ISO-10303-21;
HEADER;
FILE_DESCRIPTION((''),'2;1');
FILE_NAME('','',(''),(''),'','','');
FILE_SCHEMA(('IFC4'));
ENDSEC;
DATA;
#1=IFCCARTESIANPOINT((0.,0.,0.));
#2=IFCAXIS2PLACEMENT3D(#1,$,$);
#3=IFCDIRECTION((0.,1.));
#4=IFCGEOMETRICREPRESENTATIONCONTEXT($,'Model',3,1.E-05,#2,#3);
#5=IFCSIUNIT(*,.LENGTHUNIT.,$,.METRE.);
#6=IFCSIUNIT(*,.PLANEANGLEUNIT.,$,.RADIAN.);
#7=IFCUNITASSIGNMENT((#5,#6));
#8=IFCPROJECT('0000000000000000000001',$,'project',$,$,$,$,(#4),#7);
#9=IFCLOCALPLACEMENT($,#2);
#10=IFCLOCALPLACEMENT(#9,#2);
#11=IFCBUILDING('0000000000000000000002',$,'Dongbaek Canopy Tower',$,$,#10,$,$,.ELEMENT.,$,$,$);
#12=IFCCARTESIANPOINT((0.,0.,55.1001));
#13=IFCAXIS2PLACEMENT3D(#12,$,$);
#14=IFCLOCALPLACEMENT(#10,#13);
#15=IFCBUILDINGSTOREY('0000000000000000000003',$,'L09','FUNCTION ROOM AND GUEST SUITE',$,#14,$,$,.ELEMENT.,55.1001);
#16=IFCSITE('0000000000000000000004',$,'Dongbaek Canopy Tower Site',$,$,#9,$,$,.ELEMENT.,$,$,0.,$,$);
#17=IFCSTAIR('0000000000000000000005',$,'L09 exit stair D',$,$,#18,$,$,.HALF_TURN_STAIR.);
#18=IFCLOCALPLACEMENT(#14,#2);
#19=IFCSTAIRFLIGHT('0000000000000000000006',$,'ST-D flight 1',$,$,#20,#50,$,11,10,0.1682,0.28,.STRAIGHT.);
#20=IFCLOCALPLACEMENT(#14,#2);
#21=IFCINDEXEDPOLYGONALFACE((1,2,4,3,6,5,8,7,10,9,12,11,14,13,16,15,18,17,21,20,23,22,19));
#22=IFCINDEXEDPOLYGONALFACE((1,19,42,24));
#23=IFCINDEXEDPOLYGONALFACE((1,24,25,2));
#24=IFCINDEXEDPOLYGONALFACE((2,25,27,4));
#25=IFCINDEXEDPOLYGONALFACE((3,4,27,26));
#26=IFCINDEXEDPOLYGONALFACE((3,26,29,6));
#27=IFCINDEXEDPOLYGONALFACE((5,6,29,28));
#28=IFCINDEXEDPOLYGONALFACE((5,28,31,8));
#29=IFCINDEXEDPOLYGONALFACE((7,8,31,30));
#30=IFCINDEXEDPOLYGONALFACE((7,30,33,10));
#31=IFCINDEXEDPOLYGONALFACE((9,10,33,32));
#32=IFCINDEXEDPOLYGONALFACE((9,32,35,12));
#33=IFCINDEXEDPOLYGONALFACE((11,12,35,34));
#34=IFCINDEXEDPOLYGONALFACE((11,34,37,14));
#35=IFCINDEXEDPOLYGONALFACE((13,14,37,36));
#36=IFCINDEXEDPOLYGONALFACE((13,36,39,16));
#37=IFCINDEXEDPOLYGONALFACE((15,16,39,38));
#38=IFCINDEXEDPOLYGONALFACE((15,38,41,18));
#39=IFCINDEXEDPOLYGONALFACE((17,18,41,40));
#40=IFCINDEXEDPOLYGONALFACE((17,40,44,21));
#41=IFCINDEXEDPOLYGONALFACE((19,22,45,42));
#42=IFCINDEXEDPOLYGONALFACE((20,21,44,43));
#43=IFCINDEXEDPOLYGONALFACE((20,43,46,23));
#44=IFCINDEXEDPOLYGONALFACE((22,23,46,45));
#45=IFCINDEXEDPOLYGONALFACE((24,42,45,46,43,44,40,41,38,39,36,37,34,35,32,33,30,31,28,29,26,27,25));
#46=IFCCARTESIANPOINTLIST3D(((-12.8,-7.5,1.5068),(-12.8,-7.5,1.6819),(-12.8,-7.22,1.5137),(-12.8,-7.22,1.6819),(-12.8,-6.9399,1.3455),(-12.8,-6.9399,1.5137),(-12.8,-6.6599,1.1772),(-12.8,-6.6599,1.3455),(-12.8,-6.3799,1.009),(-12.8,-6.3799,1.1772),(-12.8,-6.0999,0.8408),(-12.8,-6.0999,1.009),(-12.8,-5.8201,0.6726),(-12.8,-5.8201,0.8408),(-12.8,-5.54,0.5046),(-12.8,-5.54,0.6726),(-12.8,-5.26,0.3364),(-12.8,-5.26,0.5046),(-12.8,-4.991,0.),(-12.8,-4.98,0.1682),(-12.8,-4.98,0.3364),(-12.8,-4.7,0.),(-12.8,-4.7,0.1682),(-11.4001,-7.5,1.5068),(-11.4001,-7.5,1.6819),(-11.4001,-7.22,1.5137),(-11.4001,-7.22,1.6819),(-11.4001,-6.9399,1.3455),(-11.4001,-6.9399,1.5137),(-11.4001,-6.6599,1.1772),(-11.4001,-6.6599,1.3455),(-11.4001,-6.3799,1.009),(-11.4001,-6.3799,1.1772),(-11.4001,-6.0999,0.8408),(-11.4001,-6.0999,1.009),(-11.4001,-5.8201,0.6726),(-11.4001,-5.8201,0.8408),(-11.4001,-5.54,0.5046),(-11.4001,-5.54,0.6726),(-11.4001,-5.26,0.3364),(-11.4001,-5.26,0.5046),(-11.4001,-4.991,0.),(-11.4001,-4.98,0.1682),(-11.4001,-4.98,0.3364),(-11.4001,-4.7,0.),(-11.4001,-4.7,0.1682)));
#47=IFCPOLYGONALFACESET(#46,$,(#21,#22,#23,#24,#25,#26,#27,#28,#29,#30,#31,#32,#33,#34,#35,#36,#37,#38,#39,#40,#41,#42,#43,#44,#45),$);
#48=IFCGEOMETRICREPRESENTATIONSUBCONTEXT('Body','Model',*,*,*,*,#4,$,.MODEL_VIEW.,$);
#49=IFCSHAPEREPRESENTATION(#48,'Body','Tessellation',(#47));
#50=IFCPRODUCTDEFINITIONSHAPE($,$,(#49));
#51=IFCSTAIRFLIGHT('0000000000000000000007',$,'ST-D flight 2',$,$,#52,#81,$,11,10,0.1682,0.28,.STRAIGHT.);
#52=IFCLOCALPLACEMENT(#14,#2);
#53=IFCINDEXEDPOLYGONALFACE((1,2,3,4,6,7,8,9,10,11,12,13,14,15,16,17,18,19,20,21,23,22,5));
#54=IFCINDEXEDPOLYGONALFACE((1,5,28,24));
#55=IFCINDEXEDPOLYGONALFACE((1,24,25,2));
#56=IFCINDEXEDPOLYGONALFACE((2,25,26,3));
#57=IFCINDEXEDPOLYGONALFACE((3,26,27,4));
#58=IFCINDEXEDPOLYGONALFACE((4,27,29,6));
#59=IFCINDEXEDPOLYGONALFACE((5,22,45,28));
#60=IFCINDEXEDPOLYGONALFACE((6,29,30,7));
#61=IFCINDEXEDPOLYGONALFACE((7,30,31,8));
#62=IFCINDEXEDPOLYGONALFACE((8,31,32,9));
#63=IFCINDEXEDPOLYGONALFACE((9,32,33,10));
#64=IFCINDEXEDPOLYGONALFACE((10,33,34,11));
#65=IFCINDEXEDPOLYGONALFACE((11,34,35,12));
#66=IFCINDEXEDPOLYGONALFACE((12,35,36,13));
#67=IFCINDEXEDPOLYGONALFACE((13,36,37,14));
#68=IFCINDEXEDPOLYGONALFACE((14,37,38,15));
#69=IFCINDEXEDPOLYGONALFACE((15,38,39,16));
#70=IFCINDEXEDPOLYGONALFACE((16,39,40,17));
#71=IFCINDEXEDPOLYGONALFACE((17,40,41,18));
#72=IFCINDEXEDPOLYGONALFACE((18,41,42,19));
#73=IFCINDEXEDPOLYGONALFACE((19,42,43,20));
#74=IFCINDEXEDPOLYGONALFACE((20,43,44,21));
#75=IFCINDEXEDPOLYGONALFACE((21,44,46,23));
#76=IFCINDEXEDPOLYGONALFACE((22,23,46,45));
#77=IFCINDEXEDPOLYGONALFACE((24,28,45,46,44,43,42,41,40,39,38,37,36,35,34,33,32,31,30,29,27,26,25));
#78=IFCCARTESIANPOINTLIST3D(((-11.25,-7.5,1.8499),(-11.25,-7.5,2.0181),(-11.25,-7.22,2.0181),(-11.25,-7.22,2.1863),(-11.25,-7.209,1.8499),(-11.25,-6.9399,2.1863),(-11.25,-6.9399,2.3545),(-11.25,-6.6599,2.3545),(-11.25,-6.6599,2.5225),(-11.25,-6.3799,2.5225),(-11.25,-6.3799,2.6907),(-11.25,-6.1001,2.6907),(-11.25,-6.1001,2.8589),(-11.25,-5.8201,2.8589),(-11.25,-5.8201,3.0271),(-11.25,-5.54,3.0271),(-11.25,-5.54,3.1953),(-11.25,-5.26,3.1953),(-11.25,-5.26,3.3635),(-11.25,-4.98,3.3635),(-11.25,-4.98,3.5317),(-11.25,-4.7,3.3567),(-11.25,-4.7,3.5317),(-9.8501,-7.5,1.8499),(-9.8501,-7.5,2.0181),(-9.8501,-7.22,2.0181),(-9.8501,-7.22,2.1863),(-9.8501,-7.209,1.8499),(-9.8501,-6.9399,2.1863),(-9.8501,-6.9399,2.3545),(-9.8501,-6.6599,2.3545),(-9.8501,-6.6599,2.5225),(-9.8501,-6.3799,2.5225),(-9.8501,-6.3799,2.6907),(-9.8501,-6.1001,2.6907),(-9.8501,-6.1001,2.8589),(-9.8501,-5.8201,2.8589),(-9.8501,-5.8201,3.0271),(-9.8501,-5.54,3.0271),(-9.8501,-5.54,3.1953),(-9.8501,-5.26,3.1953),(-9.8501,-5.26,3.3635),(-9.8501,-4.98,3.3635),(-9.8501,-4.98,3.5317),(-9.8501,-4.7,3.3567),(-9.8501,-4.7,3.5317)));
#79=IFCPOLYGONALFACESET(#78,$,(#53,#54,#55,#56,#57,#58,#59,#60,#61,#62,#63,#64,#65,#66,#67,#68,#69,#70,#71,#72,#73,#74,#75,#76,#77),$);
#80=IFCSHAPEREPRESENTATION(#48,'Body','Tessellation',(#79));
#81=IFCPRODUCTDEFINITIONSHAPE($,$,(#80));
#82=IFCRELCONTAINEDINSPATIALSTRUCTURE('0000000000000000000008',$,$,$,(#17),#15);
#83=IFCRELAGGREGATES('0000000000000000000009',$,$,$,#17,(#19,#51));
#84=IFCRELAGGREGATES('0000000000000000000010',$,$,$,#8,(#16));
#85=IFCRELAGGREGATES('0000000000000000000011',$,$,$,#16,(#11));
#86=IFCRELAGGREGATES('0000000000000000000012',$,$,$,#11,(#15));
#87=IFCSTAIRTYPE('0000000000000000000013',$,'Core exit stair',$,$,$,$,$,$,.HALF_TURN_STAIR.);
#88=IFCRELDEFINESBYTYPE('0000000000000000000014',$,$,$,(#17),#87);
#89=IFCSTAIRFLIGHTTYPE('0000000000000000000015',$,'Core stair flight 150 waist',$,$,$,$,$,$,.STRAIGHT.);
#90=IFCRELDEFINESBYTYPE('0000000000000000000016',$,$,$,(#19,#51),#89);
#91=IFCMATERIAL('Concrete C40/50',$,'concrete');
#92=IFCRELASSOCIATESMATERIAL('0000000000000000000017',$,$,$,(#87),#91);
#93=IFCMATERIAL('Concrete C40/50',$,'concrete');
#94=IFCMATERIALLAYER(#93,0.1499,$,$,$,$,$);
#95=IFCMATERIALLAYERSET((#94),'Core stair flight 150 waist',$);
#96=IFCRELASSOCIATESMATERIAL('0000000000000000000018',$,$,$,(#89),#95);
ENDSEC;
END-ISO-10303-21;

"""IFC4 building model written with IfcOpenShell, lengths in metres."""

from ifc_helpers import new_model, si_unit, direction, frame, origin, place, context, subcontext, project, spatial, polyline, outline, extrude, material, layer, layer_set, type_object, element, aggregate, save


model = new_model("IFC4")

# Units and contexts
model_context = context("Model", 3, precision=1e-05, world=origin(), true_north=direction((0.0, 1.0)))
body_context = subcontext(model_context, "Body", "Model", "MODEL_VIEW")
ifc_project = project(units=[si_unit("LENGTHUNIT", "METRE"), si_unit("PLANEANGLEUNIT", "RADIAN")], contexts=[model_context])

# Site, building, storey
site_placement = place(None, origin())
site = spatial("IfcSite", under=ifc_project, at=site_placement, Name="Dongbaek Canopy Tower Site", CompositionType="ELEMENT", RefElevation=0.0)
building_placement = place(site_placement, origin())
building = spatial("IfcBuilding", under=site, at=building_placement, Name="Dongbaek Canopy Tower", CompositionType="ELEMENT")
storey_placement = place(building_placement, frame((0.0, 0.0, 55.1001)))
storey = spatial("IfcBuildingStorey", under=building, at=storey_placement, Name="L09", Description="FUNCTION ROOM AND GUEST SUITE", CompositionType="ELEMENT", Elevation=55.1001)

# Stair, stair flights
ifc_material_1 = material(Name="Concrete C40/50", Category="concrete")
stair_type = type_object("IfcStairType", Name="Core exit stair", PredefinedType="HALF_TURN_STAIR", material=ifc_material_1)
stair_placement = place(storey_placement, origin())
stair = element("IfcStair", 1, at=stair_placement, inside=storey, type_object=stair_type, Name="L09 exit stair D", PredefinedType="HALF_TURN_STAIR")
ifc_material_2 = material(Name="Concrete C40/50", Category="concrete")
ifc_layer_1 = layer(ifc_material_2, 0.1499)
ifc_layer_set_1 = layer_set([ifc_layer_1], Name="Core stair flight 150 waist")
stair_flight_type = type_object("IfcStairFlightType", Name="Core stair flight 150 waist", PredefinedType="STRAIGHT", material=ifc_layer_set_1)
stair_flight_1_placement = place(storey_placement, frame((-12.1001, -4.7, 0.0), z_axis=(0.0, 0.0, 1.0), x_axis=(0.0, -1.0, 0.0)))
stair_flight_1 = element("IfcStairFlight", 2, at=stair_flight_1_placement, type_object=stair_flight_type, Name="ST-D flight 1", NumberOfRisers=11, NumberOfTreads=10, PredefinedType="STRAIGHT", RiserHeight=0.1682, TreadLength=0.28, context=body_context, shape_type="SweptSolid", body=[
    extrude(outline(polyline([(0.0, 0.0), (0.0, 0.1682), (0.28, 0.1682), (0.28, 0.3364), (0.5601, 0.3364), (0.5601, 0.5046), (0.8401, 0.5046), (0.8401, 0.6726), (1.1201, 0.6726), (1.1201, 0.8408), (1.3999, 0.8408), (1.3999, 1.009), (1.6799, 1.009), (1.6799, 1.1772), (1.96, 1.1772), (1.96, 1.3455), (2.24, 1.3455), (2.24, 1.5137), (2.52, 1.5137), (2.52, 1.6819), (2.8, 1.6819), (2.8, 1.8501), (2.8, 1.5068), (0.291, 0.0), (0.0, 0.0)])), frame((0.0, 0.7, 0.0), z_axis=(0.0, -1.0, 0.0), x_axis=(1.0, 0.0, 0.0)), (0.0, 0.0, 1.0), 1.3999),
])
stair_flight_2_placement = place(storey_placement, frame((-10.55, -7.5, 1.8499), z_axis=(0.0, 0.0, 1.0), x_axis=(0.0, 1.0, 0.0)))
stair_flight_2 = element("IfcStairFlight", 3, at=stair_flight_2_placement, type_object=stair_flight_type, Name="ST-D flight 2", NumberOfRisers=11, NumberOfTreads=10, PredefinedType="STRAIGHT", RiserHeight=0.1682, TreadLength=0.28, context=body_context, shape_type="SweptSolid", body=[
    extrude(outline(polyline([(0.0, 0.0), (0.0, 0.1682), (0.28, 0.1682), (0.28, 0.3364), (0.5601, 0.3364), (0.5601, 0.5046), (0.8401, 0.5046), (0.8401, 0.6726), (1.1201, 0.6726), (1.1201, 0.8408), (1.3999, 0.8408), (1.3999, 1.009), (1.6799, 1.009), (1.6799, 1.1772), (1.96, 1.1772), (1.96, 1.3455), (2.24, 1.3455), (2.24, 1.5137), (2.52, 1.5137), (2.52, 1.6819), (2.8, 1.6819), (2.8, 1.8501), (2.8, 1.5068), (0.291, 0.0), (0.0, 0.0)])), frame((0.0, 0.7, 0.0), z_axis=(0.0, -1.0, 0.0), x_axis=(1.0, 0.0, 0.0)), (0.0, 0.0, 1.0), 1.3999),
])
aggregate(stair, [stair_flight_1, stair_flight_2])

save(model, "model.ifc")
